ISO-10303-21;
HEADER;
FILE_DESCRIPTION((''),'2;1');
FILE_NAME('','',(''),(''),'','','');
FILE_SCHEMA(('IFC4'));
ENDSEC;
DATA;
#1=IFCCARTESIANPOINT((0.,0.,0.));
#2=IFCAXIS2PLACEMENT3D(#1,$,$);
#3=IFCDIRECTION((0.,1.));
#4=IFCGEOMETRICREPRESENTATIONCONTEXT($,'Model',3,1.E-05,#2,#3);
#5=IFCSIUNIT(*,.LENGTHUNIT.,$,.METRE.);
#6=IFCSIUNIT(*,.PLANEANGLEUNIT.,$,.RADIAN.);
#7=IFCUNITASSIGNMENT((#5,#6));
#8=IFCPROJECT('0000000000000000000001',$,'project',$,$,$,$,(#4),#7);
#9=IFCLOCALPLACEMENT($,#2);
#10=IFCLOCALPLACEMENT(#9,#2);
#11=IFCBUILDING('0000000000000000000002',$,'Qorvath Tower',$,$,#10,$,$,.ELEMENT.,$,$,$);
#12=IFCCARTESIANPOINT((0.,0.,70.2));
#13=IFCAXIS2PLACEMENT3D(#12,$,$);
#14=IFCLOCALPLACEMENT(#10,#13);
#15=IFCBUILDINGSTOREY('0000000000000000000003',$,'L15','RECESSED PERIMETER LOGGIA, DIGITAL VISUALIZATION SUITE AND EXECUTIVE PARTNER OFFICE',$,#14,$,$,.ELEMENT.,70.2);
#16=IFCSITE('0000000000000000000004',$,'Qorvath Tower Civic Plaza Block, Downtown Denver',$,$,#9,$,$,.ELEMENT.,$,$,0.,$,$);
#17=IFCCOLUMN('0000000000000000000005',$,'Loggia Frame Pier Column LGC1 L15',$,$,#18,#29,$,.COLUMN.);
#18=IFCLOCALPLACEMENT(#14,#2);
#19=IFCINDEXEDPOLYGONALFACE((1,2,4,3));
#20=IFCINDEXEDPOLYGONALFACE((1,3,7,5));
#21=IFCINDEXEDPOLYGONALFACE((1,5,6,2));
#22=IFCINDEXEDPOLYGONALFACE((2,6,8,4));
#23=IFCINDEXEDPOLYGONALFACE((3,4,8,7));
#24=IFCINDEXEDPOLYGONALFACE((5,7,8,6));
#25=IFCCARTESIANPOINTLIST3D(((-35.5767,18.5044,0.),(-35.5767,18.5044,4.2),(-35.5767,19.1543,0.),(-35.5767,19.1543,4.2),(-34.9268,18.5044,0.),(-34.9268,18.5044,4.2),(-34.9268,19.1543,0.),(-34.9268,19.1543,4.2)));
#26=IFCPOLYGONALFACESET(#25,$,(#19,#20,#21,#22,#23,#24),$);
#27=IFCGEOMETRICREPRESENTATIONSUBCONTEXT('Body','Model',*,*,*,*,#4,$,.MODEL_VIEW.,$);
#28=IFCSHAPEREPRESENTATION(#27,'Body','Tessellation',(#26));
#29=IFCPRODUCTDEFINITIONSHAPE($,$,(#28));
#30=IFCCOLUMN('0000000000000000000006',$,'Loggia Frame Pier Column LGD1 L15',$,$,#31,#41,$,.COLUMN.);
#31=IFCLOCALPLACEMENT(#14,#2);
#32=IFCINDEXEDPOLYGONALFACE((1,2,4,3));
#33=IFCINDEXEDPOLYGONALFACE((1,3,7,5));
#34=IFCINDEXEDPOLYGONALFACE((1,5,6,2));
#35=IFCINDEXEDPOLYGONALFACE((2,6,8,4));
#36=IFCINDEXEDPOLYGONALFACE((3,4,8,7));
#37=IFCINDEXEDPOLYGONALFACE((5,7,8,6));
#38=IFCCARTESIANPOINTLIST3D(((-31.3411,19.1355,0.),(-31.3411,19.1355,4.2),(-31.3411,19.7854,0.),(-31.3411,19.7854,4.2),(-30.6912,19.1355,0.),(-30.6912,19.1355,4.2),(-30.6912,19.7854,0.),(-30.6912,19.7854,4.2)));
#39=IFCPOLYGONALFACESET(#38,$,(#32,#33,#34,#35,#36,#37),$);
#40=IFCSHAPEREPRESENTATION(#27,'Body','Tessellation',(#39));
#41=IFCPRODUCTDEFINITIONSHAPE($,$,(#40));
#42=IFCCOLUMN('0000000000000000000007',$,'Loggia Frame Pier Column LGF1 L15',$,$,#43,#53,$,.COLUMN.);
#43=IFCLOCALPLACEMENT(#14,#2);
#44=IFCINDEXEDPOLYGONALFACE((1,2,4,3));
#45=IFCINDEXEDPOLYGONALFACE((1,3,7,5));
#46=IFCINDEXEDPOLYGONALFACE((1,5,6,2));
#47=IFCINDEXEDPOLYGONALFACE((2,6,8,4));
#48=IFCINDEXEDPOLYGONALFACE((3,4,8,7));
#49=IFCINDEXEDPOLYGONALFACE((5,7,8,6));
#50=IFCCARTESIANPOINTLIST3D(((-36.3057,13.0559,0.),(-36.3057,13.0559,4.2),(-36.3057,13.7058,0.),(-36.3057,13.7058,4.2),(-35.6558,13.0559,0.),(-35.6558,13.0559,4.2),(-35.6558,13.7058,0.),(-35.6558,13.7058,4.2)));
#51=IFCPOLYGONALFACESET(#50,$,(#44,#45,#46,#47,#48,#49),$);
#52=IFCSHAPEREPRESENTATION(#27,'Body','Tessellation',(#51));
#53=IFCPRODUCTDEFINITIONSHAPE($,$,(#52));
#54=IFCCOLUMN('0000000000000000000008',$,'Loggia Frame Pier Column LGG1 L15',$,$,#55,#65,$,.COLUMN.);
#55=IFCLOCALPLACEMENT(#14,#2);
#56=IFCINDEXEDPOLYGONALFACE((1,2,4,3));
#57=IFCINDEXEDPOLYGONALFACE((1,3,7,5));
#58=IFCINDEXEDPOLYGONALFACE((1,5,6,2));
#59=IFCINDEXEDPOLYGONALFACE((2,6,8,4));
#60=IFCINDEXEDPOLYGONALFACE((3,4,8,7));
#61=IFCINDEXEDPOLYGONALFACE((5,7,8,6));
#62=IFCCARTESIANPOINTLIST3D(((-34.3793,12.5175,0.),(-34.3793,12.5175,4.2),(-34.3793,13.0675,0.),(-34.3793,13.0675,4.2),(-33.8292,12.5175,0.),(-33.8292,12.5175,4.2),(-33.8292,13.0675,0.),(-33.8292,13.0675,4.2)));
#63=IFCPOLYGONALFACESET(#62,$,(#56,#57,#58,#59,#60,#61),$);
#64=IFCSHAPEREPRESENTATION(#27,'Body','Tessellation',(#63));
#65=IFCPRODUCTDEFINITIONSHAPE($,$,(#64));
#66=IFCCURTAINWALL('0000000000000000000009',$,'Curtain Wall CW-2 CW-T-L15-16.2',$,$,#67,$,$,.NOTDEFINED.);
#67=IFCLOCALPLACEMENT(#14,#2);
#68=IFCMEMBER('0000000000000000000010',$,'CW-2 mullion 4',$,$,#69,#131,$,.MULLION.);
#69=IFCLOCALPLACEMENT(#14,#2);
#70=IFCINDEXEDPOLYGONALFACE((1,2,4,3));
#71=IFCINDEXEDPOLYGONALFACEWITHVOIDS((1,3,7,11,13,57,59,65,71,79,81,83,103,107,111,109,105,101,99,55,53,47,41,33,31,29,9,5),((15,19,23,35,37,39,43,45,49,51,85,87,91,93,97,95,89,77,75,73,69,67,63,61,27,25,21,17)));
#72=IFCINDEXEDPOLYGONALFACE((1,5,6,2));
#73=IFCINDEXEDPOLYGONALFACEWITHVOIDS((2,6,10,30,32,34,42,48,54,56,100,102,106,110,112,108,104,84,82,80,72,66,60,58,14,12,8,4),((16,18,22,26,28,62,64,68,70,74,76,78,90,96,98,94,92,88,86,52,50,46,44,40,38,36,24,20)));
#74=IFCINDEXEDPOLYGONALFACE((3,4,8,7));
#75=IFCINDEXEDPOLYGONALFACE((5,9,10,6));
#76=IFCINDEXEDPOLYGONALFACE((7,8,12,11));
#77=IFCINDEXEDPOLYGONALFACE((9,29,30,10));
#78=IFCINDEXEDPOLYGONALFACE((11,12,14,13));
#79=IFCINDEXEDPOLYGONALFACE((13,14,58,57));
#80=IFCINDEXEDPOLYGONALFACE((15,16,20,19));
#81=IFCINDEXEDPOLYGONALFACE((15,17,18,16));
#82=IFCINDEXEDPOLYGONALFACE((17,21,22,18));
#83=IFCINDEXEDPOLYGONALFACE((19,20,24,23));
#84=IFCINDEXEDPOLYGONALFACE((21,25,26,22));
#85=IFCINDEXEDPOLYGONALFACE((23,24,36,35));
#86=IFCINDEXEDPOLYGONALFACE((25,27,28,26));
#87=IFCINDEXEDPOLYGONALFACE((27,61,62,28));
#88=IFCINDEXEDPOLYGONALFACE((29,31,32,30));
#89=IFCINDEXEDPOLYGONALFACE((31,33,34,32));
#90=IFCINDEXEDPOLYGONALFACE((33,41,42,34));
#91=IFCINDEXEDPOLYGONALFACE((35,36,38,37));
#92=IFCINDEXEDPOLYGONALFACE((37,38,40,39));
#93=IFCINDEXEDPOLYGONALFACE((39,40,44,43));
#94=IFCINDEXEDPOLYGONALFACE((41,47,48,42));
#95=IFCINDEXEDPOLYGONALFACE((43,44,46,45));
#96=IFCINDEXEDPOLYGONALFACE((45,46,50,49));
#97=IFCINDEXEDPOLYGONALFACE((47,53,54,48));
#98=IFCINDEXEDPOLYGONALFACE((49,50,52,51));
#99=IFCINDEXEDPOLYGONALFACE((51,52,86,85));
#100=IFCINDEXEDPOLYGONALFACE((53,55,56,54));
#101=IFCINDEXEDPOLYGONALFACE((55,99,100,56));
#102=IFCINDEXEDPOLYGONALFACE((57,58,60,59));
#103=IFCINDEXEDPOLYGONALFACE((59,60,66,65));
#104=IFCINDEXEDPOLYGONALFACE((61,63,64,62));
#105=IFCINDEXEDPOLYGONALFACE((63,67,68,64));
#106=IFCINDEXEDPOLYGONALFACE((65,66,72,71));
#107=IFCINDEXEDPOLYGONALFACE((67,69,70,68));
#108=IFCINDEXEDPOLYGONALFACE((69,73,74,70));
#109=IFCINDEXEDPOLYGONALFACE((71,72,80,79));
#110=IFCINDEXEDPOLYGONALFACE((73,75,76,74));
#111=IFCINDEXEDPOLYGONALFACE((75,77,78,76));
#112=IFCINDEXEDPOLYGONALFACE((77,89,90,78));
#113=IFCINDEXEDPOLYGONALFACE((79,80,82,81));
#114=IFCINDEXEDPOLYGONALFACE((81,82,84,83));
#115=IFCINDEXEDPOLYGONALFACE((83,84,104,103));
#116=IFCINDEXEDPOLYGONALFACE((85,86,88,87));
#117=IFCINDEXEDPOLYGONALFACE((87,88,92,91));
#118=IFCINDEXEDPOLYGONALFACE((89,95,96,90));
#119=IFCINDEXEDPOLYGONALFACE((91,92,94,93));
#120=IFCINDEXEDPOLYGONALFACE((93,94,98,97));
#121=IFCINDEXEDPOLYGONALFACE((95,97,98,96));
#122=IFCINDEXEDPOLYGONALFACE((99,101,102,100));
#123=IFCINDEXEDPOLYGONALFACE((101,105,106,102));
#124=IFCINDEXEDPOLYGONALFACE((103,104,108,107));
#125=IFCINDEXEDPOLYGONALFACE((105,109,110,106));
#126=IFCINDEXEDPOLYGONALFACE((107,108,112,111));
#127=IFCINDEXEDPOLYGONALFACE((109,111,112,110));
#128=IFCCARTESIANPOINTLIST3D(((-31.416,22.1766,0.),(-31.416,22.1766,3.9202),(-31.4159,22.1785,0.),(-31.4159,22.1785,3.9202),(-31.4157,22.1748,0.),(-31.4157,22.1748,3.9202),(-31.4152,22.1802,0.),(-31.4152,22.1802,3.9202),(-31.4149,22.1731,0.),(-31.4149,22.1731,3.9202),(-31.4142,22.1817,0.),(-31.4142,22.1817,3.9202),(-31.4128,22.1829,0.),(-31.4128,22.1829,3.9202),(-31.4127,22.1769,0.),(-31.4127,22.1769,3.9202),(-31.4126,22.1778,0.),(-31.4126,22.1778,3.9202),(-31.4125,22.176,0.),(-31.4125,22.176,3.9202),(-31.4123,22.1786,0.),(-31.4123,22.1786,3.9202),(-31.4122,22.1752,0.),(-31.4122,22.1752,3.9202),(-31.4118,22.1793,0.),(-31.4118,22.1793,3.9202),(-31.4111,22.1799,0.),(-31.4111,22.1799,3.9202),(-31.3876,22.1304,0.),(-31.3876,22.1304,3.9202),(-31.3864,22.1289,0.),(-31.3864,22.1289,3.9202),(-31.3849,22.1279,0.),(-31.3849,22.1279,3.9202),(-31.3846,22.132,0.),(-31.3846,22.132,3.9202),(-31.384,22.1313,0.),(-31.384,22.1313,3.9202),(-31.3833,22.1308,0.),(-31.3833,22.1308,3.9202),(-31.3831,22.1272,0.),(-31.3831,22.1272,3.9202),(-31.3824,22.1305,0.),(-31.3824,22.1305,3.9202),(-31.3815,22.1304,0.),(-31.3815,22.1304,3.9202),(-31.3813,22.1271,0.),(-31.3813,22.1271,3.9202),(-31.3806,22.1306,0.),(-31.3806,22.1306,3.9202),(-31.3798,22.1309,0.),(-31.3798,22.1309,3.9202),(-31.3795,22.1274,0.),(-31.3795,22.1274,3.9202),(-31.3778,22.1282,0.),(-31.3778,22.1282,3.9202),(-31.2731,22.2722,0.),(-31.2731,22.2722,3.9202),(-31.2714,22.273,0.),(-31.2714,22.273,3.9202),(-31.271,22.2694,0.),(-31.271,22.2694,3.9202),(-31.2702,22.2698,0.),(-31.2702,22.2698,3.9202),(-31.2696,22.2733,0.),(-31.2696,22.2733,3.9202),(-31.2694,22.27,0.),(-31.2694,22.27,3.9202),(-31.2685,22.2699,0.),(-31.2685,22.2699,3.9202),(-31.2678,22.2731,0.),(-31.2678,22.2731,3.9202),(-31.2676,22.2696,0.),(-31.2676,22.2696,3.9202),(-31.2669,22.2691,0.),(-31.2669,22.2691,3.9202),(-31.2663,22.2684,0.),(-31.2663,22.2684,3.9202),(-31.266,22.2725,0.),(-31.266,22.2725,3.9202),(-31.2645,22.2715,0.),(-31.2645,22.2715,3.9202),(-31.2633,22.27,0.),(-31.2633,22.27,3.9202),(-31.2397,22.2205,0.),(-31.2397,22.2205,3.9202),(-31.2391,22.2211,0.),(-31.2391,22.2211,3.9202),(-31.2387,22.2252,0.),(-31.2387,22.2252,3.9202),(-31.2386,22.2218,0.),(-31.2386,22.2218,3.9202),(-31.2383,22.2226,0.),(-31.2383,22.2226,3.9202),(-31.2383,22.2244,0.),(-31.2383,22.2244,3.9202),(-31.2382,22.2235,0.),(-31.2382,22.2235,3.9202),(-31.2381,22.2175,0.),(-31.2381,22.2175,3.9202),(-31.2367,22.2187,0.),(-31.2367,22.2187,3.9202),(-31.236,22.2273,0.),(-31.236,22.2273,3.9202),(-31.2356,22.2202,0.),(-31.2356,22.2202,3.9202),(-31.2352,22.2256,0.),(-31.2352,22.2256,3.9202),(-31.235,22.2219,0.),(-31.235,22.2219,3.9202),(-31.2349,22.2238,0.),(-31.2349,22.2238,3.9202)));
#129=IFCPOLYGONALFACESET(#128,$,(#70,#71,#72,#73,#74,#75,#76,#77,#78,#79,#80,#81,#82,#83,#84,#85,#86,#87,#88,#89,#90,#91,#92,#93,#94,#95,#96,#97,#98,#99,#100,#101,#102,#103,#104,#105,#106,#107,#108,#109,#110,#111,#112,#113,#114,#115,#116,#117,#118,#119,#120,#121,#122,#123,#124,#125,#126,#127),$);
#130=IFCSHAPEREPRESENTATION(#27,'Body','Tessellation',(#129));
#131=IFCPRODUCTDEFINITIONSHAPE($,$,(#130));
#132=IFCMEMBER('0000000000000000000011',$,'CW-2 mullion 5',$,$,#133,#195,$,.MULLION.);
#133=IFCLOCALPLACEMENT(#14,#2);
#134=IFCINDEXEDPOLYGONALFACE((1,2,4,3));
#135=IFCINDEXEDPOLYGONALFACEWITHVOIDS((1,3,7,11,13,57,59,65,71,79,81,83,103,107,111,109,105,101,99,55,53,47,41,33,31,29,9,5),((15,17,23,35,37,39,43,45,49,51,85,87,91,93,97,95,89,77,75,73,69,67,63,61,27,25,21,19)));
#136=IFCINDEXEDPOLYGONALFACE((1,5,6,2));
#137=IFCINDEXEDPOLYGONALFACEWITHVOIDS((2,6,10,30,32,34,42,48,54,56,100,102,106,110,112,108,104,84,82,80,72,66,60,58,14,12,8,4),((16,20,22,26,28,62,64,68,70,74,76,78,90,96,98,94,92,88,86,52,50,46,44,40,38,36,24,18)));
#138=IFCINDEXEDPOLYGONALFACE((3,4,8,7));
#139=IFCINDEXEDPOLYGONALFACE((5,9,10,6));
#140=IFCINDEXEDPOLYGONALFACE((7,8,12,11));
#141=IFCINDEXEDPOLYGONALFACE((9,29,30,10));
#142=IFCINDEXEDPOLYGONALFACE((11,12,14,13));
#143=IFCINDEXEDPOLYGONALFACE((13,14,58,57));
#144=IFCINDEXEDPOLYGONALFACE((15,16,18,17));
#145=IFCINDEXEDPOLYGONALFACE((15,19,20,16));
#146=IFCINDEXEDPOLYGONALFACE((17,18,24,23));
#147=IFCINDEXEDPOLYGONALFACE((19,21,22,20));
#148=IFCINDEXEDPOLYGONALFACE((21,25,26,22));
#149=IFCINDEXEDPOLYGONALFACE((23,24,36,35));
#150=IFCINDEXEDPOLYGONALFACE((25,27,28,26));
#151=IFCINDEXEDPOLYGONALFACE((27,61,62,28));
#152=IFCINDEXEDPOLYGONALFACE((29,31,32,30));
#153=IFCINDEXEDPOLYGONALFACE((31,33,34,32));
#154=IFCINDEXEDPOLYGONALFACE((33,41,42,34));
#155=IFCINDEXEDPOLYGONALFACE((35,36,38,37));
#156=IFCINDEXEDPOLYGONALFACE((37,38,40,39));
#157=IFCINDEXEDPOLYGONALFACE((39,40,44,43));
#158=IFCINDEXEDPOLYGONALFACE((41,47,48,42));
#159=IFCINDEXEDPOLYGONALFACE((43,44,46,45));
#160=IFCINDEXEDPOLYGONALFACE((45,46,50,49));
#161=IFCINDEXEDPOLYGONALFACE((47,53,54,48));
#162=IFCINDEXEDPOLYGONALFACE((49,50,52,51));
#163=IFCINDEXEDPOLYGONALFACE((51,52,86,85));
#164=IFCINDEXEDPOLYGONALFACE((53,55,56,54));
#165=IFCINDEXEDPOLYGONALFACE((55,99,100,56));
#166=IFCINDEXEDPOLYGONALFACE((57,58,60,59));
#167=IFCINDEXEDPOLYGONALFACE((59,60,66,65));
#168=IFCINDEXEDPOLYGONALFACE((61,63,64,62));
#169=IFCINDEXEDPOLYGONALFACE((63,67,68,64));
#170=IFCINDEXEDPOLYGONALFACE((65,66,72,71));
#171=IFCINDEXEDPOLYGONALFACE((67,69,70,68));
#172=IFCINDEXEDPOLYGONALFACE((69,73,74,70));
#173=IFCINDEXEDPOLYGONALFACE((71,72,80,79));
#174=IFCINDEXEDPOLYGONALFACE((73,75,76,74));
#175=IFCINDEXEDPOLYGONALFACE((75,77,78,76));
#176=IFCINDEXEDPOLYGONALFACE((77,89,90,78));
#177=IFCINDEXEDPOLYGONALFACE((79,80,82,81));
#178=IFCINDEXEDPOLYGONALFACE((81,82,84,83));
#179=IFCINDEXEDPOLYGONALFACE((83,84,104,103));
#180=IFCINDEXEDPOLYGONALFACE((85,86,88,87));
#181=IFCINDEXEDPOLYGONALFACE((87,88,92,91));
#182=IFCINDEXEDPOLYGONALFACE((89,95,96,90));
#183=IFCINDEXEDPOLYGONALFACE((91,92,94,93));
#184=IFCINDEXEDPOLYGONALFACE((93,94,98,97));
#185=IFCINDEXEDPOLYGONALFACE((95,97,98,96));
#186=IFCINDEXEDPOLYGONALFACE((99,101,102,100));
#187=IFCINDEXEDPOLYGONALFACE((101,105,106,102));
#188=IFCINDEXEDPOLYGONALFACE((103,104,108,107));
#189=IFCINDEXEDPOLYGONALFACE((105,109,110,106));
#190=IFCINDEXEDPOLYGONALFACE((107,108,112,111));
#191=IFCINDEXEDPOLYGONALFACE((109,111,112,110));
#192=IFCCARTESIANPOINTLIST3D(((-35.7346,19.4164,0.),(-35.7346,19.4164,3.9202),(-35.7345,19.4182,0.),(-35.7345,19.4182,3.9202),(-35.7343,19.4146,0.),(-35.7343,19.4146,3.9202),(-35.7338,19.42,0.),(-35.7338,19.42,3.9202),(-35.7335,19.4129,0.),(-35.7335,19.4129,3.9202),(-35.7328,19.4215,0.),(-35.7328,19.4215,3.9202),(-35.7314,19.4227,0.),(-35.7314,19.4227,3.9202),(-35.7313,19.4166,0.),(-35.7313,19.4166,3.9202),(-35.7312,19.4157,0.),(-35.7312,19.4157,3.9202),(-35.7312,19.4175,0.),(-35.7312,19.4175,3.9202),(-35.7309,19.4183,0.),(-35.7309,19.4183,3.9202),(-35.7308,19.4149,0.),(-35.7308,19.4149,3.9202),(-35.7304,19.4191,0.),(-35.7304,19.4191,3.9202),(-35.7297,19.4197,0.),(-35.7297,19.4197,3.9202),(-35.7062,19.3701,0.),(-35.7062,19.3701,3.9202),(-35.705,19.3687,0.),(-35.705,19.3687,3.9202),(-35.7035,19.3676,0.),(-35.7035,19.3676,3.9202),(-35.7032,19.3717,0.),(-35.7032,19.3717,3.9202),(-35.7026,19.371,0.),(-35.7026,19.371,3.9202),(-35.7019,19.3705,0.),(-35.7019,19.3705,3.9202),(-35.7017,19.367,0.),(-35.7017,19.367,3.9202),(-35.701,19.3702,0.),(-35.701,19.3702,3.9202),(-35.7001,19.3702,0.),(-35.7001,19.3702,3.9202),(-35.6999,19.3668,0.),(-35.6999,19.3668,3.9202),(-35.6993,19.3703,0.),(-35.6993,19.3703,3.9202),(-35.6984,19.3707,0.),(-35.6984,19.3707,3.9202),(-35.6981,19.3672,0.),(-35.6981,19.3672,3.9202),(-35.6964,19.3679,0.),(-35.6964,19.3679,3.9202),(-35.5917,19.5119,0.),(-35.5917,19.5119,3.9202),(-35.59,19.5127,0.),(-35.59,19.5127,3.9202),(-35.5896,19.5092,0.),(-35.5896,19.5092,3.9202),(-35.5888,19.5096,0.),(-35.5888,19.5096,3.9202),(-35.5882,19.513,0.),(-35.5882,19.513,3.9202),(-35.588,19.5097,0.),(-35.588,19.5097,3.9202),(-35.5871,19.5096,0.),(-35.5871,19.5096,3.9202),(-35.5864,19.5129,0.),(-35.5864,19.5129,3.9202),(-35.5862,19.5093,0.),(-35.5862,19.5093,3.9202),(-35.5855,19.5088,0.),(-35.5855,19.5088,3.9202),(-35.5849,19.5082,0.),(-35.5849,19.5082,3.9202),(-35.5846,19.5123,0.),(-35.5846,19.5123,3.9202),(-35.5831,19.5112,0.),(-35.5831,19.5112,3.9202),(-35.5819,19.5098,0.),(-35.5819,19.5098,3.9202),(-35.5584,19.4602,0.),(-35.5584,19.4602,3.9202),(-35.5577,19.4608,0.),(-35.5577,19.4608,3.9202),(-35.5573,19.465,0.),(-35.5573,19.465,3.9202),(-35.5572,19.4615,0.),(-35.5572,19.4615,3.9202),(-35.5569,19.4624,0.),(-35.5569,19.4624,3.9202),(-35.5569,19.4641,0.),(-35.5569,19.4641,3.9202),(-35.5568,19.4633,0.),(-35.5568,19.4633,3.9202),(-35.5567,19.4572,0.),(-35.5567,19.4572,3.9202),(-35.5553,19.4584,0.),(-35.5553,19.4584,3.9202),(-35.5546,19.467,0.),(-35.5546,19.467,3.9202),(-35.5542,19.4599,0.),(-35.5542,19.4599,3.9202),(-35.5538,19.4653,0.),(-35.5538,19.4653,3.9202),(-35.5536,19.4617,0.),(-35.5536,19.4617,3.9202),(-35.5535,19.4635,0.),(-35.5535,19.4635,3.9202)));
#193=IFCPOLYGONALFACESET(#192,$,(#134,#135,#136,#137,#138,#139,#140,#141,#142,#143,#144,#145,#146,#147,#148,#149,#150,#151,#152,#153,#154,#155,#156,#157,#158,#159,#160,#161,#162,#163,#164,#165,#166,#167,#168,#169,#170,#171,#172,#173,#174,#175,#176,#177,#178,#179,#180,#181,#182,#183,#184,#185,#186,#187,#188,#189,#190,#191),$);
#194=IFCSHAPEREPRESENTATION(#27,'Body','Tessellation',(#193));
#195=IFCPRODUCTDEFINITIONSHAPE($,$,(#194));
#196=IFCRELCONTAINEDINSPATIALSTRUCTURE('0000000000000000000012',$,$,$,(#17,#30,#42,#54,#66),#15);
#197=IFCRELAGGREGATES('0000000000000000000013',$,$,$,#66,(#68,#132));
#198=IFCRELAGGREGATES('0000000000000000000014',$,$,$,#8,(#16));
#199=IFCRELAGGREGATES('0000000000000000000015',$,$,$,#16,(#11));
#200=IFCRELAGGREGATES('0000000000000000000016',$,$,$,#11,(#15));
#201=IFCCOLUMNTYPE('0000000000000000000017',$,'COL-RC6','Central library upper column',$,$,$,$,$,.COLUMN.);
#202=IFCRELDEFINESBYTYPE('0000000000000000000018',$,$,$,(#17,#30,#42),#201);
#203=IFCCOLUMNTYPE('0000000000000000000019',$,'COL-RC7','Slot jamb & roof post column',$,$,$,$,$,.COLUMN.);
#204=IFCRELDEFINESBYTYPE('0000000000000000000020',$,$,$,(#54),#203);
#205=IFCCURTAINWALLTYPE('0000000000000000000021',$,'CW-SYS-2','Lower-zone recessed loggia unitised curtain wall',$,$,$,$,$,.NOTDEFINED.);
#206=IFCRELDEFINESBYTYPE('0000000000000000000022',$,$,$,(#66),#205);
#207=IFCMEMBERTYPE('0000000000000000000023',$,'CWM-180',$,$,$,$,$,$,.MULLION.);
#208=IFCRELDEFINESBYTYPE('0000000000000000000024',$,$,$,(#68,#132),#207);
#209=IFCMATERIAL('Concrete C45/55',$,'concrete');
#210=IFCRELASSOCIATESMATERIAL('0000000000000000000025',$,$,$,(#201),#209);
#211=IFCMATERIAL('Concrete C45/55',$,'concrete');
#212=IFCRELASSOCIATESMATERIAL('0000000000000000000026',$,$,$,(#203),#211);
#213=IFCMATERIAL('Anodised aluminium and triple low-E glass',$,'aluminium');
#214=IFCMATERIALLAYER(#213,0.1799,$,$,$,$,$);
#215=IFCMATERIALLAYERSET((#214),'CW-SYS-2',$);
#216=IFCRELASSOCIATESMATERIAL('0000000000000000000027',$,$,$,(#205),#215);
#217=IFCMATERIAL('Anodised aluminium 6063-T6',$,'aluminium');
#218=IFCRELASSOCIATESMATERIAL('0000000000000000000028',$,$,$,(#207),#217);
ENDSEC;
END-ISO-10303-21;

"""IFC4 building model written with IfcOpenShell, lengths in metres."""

from ifc_helpers import new_model, si_unit, direction, frame, origin, origin_2d, place, context, subcontext, project, spatial, rectangle, hollow_rectangle, extrude, material, layer, layer_set, material_profile, profile_set, type_object, element, aggregate, save


model = new_model("IFC4")

# Units and contexts
model_context = context("Model", 3, precision=1e-05, world=origin(), true_north=direction((0.0, 1.0)))
body_context = subcontext(model_context, "Body", "Model", "MODEL_VIEW")
ifc_project = project(units=[si_unit("LENGTHUNIT", "METRE"), si_unit("PLANEANGLEUNIT", "RADIAN")], contexts=[model_context])

# Site, building, storey
site_placement = place(None, origin())
site = spatial("IfcSite", under=ifc_project, at=site_placement, Name="Qorvath Tower Civic Plaza Block, Downtown Denver", CompositionType="ELEMENT", RefElevation=0.0)
building_placement = place(site_placement, origin())
building = spatial("IfcBuilding", under=site, at=building_placement, Name="Qorvath Tower", CompositionType="ELEMENT")
storey_placement = place(building_placement, frame((0.0, 0.0, 70.2)))
storey = spatial("IfcBuildingStorey", under=building, at=storey_placement, Name="L15", Description="RECESSED PERIMETER LOGGIA, DIGITAL VISUALIZATION SUITE AND EXECUTIVE PARTNER OFFICE", CompositionType="ELEMENT", Elevation=70.2)

# Columns
ifc_material_1 = material(Name="Concrete C45/55", Category="concrete")
ifc_material_profile_1 = material_profile(ifc_material_1, rectangle(XDim=0.6499, YDim=0.6499, at=origin_2d()), Name="RC 650x650")
ifc_profile_set_1 = profile_set([ifc_material_profile_1], Name="Concrete C45/55")
column_type_1 = type_object("IfcColumnType", Name="COL-RC6", Description="Central library upper column", PredefinedType="COLUMN", material=ifc_profile_set_1)
for number, where, z_axis, x_axis, name in (
    (1, (-35.2517, 18.8293, 0.0), (0.0, 0.0, 1.0), (1.0, 0.0, 0.0), "Loggia Frame Pier Column LGC1 L15"),
    (2, (-31.0161, 19.4604, 0.0), (0.0, 0.0, 1.0), (1.0, 0.0, 0.0), "Loggia Frame Pier Column LGD1 L15"),
    (3, (-35.9807, 13.3809, 0.0), (0.0, 0.0, 1.0), (1.0, 0.0, 0.0), "Loggia Frame Pier Column LGF1 L15"),
):
    element("IfcColumn", number, at=place(storey_placement, frame(where, z_axis=z_axis, x_axis=x_axis)), inside=storey, type_object=column_type_1, Name=name, PredefinedType="COLUMN", context=body_context, shape_type="SweptSolid", body=[
        extrude(rectangle(XDim=0.6499, YDim=0.6499, at=origin_2d()), origin(), (0.0, 0.0, 1.0), 4.2),
    ])
ifc_material_2 = material(Name="Concrete C45/55", Category="concrete")
ifc_material_profile_2 = material_profile(ifc_material_2, rectangle(XDim=0.55, YDim=0.55, at=origin_2d()), Name="RC 550x550")
ifc_profile_set_2 = profile_set([ifc_material_profile_2], Name="Concrete C45/55")
column_type_2 = type_object("IfcColumnType", Name="COL-RC7", Description="Slot jamb & roof post column", PredefinedType="COLUMN", material=ifc_profile_set_2)
column_placement = place(storey_placement, frame((-34.1042, 12.7925, 0.0), z_axis=(0.0, 0.0, 1.0), x_axis=(1.0, 0.0, 0.0)))
element("IfcColumn", 4, at=column_placement, inside=storey, type_object=column_type_2, Name="Loggia Frame Pier Column LGG1 L15", PredefinedType="COLUMN", context=body_context, shape_type="SweptSolid", body=[
    extrude(rectangle(XDim=0.55, YDim=0.55, at=origin_2d()), origin(), (0.0, 0.0, 1.0), 4.2),
])

# Curtain wall, members
ifc_material_3 = material(Name="Anodised aluminium and triple low-E glass", Category="aluminium")
ifc_layer_1 = layer(ifc_material_3, 0.1799)
ifc_layer_set_1 = layer_set([ifc_layer_1], Name="CW-SYS-2")
curtain_wall_type = type_object("IfcCurtainWallType", Name="CW-SYS-2", Description="Lower-zone recessed loggia unitised curtain wall", PredefinedType="NOTDEFINED", material=ifc_layer_set_1)
curtain_wall_placement = place(storey_placement, origin())
curtain_wall = element("IfcCurtainWall", 5, at=curtain_wall_placement, inside=storey, type_object=curtain_wall_type, Name="Curtain Wall CW-2 CW-T-L15-16.2", PredefinedType="NOTDEFINED")
ifc_material_4 = material(Name="Anodised aluminium 6063-T6", Category="aluminium")
ifc_material_profile_3 = material_profile(ifc_material_4, hollow_rectangle(XDim=0.0649, YDim=0.1799, WallThickness=0.0034, InnerFilletRadius=0.0034, OuterFilletRadius=0.0071, at=origin_2d()), Name="CWM 180x65")
ifc_profile_set_3 = profile_set([ifc_material_profile_3], Name="Anodised aluminium 6063-T6")
member_type_1 = type_object("IfcMemberType", Name="CWM-180", PredefinedType="MULLION", material=ifc_profile_set_3)
member_1_placement = place(storey_placement, frame((-31.3254, 22.2002, 0.0), z_axis=(0.0, 0.0, 1.0), x_axis=(0.538542, -0.842599, 0.0)))
member_1 = element("IfcMember", 6, at=member_1_placement, type_object=member_type_1, Name="CW-2 mullion 4", PredefinedType="MULLION", context=body_context, shape_type="SweptSolid", body=[
    extrude(hollow_rectangle(XDim=0.0649, YDim=0.1799, WallThickness=0.0034, InnerFilletRadius=0.0034, OuterFilletRadius=0.0071, at=origin_2d()), origin(), (0.0, 0.0, 1.0), 3.9202),
])
member_2_placement = place(storey_placement, frame((-35.644, 19.4399, 0.0), z_axis=(0.0, 0.0, 1.0), x_axis=(0.538542, -0.842599, 0.0)))
member_2 = element("IfcMember", 7, at=member_2_placement, type_object=member_type_1, Name="CW-2 mullion 5", PredefinedType="MULLION", context=body_context, shape_type="SweptSolid", body=[
    extrude(hollow_rectangle(XDim=0.0649, YDim=0.1799, WallThickness=0.0034, InnerFilletRadius=0.0034, OuterFilletRadius=0.0071, at=origin_2d()), origin(), (0.0, 0.0, 1.0), 3.9202),
])
aggregate(curtain_wall, [member_1, member_2])

save(model, "model.ifc")
